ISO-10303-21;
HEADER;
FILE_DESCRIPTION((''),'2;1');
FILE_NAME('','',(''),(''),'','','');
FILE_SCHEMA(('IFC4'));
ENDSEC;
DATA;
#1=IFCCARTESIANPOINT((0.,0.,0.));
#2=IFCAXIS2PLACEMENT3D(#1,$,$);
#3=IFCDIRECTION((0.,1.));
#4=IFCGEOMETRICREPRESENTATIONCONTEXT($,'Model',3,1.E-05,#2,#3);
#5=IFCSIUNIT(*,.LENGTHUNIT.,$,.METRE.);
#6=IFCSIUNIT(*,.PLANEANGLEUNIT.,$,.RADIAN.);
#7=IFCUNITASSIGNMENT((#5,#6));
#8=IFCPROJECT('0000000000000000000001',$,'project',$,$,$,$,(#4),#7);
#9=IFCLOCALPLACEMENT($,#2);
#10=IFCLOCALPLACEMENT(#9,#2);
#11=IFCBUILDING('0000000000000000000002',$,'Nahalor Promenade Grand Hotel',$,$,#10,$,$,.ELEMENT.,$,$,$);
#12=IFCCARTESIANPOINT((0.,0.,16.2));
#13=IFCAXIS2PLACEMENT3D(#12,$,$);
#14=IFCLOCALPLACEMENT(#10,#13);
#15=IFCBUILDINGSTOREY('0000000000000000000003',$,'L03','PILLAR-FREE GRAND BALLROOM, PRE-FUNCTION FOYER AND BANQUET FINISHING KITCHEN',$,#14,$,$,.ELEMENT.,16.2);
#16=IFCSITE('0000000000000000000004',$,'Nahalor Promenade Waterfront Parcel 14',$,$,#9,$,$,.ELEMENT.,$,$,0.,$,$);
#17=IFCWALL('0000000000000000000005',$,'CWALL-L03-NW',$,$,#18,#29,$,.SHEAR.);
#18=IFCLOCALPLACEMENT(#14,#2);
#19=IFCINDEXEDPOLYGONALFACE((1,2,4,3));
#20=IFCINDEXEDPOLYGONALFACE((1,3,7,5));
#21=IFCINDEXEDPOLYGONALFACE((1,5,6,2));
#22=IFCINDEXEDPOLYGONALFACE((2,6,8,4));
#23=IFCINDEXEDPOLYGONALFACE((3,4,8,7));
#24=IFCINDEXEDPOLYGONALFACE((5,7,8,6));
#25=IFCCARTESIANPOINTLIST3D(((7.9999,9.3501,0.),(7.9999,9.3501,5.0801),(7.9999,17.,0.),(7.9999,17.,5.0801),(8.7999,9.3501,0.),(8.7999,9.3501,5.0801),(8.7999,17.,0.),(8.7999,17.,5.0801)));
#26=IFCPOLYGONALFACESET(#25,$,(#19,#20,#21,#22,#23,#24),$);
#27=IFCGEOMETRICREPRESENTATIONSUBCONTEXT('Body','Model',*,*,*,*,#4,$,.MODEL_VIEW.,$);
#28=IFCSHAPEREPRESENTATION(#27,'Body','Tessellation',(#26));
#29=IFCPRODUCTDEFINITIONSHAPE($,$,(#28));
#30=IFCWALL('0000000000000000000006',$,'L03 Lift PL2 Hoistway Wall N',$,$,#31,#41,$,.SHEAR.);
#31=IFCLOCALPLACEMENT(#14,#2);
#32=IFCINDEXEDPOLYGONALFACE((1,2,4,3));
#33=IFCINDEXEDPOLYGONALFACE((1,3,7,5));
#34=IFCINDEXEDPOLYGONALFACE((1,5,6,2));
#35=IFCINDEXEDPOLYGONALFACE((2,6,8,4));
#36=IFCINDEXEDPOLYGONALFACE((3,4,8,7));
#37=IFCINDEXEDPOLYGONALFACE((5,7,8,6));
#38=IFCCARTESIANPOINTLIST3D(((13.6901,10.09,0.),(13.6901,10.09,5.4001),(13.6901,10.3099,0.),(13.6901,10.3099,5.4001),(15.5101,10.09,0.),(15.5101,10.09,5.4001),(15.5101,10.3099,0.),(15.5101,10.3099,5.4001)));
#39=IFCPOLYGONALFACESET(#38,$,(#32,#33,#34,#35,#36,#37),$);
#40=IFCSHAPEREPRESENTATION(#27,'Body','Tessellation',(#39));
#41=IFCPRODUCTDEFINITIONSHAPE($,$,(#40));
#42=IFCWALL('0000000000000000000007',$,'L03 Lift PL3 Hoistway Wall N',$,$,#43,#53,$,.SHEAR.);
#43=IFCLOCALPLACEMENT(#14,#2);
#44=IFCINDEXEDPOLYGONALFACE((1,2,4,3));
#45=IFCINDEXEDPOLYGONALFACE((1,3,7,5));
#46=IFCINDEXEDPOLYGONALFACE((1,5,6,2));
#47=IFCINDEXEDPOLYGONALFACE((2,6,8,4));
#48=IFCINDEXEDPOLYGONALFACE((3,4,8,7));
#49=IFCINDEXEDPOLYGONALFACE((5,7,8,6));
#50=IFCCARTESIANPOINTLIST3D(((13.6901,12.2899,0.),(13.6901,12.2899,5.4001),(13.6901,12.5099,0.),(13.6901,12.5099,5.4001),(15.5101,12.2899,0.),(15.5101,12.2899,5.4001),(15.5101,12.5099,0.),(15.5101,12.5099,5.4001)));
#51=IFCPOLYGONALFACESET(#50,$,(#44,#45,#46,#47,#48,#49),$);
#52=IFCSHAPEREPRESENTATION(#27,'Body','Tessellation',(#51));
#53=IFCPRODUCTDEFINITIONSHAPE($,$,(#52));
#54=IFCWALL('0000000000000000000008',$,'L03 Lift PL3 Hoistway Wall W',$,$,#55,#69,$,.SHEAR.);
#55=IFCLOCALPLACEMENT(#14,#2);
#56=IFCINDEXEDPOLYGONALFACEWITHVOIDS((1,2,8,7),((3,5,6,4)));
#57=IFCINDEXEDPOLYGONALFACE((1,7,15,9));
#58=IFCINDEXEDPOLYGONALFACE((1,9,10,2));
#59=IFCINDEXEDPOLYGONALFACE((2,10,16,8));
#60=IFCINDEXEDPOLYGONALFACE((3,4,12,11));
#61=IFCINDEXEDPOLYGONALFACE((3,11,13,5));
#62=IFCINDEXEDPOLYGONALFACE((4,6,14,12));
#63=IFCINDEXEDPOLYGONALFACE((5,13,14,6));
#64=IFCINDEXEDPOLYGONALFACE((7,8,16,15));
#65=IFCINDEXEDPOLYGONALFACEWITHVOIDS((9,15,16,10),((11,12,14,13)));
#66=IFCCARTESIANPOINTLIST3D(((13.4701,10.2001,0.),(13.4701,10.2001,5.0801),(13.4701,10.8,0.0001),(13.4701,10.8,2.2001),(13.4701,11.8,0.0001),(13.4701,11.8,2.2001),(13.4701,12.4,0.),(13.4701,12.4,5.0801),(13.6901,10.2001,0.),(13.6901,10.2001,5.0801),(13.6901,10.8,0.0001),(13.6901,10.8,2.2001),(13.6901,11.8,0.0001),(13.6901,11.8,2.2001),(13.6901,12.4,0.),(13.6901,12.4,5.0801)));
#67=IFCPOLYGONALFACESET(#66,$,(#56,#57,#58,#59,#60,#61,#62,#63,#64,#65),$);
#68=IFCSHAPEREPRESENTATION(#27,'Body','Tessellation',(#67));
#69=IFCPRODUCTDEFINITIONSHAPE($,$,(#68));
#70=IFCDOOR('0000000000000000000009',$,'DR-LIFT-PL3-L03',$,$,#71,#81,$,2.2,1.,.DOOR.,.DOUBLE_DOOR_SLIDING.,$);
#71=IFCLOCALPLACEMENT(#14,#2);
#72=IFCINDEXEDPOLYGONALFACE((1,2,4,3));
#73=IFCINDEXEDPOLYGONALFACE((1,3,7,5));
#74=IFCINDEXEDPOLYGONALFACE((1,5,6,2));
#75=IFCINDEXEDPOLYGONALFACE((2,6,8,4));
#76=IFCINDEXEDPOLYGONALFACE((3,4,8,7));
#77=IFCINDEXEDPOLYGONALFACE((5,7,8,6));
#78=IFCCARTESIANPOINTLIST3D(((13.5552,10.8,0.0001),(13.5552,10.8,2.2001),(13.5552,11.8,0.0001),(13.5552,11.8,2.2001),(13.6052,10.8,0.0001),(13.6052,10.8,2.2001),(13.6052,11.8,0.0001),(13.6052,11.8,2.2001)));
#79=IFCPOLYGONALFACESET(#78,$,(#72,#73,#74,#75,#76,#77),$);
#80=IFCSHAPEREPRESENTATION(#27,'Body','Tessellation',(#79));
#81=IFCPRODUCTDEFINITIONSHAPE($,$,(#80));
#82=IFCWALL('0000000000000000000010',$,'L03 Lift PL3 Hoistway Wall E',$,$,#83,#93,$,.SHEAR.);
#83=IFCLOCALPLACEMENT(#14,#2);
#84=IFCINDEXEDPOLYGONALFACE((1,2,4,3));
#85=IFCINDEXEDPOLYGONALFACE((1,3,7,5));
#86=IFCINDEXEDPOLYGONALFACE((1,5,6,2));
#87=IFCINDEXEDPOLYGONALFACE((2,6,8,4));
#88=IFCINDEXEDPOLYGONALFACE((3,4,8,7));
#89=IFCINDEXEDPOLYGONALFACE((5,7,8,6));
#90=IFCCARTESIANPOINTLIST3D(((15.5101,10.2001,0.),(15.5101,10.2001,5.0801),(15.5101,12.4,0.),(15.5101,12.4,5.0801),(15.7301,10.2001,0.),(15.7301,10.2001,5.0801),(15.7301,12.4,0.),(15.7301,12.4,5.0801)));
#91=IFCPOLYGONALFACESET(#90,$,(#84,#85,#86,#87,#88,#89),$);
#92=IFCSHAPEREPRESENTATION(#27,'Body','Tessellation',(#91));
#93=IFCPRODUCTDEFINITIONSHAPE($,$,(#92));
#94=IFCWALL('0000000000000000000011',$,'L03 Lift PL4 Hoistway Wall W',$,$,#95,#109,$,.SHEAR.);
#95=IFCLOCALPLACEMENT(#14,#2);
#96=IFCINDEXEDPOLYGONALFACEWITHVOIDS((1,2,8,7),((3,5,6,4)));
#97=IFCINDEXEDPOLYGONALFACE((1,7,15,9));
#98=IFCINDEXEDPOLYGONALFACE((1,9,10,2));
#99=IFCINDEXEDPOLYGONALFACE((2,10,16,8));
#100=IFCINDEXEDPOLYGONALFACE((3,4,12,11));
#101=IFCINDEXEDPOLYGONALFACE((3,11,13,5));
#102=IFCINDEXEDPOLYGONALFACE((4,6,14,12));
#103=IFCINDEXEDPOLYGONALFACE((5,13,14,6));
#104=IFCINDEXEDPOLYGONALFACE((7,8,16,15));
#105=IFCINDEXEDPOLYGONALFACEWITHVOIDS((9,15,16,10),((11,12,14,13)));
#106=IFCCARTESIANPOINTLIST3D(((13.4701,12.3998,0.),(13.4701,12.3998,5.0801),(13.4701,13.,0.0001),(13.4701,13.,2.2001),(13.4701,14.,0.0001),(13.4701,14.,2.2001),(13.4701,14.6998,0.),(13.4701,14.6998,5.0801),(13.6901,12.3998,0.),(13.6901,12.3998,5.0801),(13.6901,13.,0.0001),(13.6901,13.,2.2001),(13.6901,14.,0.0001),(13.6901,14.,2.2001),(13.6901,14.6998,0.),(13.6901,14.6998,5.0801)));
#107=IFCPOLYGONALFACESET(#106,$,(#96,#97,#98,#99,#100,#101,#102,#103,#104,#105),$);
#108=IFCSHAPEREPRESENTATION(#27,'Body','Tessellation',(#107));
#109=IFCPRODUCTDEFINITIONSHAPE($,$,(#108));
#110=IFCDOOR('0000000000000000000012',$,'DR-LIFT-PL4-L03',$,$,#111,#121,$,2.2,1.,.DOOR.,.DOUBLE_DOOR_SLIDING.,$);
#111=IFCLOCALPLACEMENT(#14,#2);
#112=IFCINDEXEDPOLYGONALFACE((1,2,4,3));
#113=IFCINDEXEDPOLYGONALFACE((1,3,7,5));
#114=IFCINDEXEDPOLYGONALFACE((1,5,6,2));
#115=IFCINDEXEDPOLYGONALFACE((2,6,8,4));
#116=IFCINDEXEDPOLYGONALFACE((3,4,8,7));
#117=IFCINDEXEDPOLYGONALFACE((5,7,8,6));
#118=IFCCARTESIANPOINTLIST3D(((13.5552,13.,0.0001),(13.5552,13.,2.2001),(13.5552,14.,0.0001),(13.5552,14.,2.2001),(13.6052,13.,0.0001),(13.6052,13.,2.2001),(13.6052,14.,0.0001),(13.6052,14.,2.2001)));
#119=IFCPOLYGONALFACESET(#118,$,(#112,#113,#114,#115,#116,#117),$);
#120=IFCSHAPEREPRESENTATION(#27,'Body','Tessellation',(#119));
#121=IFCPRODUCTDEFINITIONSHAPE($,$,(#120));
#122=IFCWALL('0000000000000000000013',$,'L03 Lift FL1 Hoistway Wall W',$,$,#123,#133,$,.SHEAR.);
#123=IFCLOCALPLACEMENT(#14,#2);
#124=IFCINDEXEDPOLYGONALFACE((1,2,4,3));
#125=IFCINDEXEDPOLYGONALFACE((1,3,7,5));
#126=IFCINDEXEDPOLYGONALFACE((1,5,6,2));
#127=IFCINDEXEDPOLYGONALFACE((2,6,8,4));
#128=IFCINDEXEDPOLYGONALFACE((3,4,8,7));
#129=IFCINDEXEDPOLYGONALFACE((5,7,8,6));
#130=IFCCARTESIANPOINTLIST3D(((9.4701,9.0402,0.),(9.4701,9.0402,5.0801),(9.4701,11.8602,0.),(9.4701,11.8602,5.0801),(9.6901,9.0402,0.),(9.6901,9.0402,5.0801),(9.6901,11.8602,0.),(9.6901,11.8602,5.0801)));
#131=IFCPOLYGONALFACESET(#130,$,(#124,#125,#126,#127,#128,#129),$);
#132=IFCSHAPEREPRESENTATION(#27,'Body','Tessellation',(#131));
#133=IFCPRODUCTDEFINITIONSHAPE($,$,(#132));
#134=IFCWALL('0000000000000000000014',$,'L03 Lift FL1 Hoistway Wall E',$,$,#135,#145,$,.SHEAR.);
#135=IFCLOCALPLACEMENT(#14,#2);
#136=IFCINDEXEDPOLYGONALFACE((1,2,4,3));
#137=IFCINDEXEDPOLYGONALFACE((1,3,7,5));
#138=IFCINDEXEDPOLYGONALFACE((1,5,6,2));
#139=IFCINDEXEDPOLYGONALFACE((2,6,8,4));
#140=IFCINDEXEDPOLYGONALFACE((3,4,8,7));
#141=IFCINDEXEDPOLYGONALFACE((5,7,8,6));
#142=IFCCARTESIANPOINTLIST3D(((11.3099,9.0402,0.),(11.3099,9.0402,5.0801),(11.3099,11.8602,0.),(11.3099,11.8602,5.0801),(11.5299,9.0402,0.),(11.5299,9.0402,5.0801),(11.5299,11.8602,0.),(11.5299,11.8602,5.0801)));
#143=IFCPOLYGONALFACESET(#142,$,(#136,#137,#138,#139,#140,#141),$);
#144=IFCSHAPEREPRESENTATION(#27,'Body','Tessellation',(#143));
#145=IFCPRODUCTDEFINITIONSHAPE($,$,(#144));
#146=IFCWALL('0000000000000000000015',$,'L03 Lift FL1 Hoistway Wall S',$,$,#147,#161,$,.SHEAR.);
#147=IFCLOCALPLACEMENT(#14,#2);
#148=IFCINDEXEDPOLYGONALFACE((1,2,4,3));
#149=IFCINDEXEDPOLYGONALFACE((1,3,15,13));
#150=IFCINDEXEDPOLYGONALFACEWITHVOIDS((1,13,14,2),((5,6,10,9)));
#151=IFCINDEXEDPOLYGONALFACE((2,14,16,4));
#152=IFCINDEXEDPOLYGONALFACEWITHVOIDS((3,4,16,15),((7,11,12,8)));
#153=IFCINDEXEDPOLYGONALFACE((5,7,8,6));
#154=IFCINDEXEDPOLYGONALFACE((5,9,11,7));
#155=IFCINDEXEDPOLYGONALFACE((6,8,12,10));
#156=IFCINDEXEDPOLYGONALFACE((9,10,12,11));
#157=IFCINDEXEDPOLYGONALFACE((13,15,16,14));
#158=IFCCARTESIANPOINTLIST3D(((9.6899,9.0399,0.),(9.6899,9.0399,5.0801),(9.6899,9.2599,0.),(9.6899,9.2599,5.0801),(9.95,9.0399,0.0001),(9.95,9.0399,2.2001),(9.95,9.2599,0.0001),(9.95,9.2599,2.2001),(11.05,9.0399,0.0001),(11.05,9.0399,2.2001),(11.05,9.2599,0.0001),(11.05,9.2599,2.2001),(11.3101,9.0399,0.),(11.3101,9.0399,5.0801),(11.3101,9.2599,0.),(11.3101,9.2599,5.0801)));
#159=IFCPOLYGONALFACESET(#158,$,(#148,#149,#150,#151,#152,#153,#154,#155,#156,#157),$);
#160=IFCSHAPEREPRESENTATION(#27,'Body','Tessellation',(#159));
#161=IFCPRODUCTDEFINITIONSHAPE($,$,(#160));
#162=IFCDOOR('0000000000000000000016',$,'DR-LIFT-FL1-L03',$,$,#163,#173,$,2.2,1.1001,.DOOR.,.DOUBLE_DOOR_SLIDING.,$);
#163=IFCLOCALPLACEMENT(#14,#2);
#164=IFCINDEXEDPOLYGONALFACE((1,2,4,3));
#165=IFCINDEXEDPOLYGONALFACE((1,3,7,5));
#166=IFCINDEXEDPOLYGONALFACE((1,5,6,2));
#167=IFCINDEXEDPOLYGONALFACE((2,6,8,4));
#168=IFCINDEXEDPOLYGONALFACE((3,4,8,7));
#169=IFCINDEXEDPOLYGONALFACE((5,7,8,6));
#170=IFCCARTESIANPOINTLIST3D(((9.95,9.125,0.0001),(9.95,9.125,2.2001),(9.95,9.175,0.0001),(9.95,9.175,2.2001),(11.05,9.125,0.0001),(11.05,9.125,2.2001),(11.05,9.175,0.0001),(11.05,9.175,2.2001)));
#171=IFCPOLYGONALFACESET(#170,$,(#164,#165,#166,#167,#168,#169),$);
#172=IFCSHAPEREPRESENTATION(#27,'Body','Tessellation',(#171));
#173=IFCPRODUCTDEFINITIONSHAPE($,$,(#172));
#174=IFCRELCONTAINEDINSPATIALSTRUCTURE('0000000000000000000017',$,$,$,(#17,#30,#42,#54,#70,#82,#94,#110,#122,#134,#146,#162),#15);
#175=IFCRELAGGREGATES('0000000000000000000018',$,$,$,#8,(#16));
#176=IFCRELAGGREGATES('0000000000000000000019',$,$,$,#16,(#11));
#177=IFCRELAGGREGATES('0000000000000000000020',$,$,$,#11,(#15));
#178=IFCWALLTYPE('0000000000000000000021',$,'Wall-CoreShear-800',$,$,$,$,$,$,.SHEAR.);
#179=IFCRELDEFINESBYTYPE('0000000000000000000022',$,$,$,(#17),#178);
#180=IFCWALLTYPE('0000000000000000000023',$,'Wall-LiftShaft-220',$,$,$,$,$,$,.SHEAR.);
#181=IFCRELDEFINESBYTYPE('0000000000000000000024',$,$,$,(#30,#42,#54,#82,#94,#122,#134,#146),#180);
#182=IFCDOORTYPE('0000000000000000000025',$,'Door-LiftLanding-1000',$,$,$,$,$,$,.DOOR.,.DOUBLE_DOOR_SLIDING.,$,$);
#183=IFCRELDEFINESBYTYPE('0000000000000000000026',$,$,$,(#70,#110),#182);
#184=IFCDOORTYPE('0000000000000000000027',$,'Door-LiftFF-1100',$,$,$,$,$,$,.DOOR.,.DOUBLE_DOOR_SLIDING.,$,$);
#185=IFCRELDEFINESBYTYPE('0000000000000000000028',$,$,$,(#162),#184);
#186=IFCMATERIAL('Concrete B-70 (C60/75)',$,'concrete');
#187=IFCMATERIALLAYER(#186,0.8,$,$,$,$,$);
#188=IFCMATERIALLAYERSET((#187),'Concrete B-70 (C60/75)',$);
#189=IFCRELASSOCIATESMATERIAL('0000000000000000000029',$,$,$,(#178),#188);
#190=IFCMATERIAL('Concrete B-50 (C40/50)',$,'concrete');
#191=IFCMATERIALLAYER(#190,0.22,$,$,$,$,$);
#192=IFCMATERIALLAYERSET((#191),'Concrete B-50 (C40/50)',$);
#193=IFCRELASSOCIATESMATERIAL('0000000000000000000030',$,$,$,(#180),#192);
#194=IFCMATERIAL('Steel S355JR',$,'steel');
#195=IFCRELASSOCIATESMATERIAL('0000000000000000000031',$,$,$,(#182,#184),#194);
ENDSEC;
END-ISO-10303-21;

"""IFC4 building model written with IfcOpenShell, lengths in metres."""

from ifc_helpers import new_model, si_unit, direction, frame, frame_2d, origin, place, context, subcontext, project, spatial, rectangle, extrude, source, transform, mapped, material, layer, layer_set, type_object, element, fill, save


model = new_model("IFC4")

# Units and contexts
model_context = context("Model", 3, precision=1e-05, world=origin(), true_north=direction((0.0, 1.0)))
body_context = subcontext(model_context, "Body", "Model", "MODEL_VIEW")
ifc_project = project(units=[si_unit("LENGTHUNIT", "METRE"), si_unit("PLANEANGLEUNIT", "RADIAN")], contexts=[model_context])

# Site, building, storey
site_placement = place(None, origin())
site = spatial("IfcSite", under=ifc_project, at=site_placement, Name="Nahalor Promenade Waterfront Parcel 14", CompositionType="ELEMENT", RefElevation=0.0)
building_placement = place(site_placement, origin())
building = spatial("IfcBuilding", under=site, at=building_placement, Name="Nahalor Promenade Grand Hotel", CompositionType="ELEMENT")
storey_placement = place(building_placement, frame((0.0, 0.0, 16.2)))
storey = spatial("IfcBuildingStorey", under=building, at=storey_placement, Name="L03", Description="PILLAR-FREE GRAND BALLROOM, PRE-FUNCTION FOYER AND BANQUET FINISHING KITCHEN", CompositionType="ELEMENT", Elevation=16.2)

# Walls
ifc_material_1 = material(Name="Concrete B-70 (C60/75)", Category="concrete")
ifc_layer_1 = layer(ifc_material_1, 0.8)
ifc_layer_set_1 = layer_set([ifc_layer_1], Name="Concrete B-70 (C60/75)")
wall_type_1 = type_object("IfcWallType", Name="Wall-CoreShear-800", PredefinedType="SHEAR", material=ifc_layer_set_1)
shared_shape_1 = source(origin(), body_context, "Body", "SweptSolid", [
    extrude(rectangle(XDim=7.6499, YDim=0.8, at=frame_2d((3.825, 0.0))), origin(), (0.0, 0.0, 1.0), 5.0801),
])
wall_1_placement = place(storey_placement, frame((8.3999, 9.3501, 0.0), z_axis=(0.0, 0.0, 1.0), x_axis=(0.0, 1.0, 0.0)))
element("IfcWall", 1, at=wall_1_placement, inside=storey, type_object=wall_type_1, Name="CWALL-L03-NW", PredefinedType="SHEAR", context=body_context, shape_type="MappedRepresentation", body=[
    mapped(shared_shape_1, transform((0.0, 0.0, 0.0), scale=1.0)),
])
ifc_material_2 = material(Name="Concrete B-50 (C40/50)", Category="concrete")
ifc_layer_2 = layer(ifc_material_2, 0.22)
ifc_layer_set_2 = layer_set([ifc_layer_2], Name="Concrete B-50 (C40/50)")
wall_type_2 = type_object("IfcWallType", Name="Wall-LiftShaft-220", PredefinedType="SHEAR", material=ifc_layer_set_2)
shared_shape_2 = source(origin(), body_context, "Body", "SweptSolid", [
    extrude(rectangle(XDim=1.8201, YDim=0.22, at=frame_2d((0.9102, 0.0))), origin(), (0.0, 0.0, 1.0), 5.4001),
])
for number, where, z_axis, x_axis, name in (
    (2, (13.6899, 10.2, 0.0), (0.0, 0.0, 1.0), (1.0, 0.0, 0.0), "L03 Lift PL2 Hoistway Wall N"),
    (3, (13.6899, 12.3999, 0.0), (0.0, 0.0, 1.0), (1.0, 0.0, 0.0), "L03 Lift PL3 Hoistway Wall N"),
):
    element("IfcWall", number, at=place(storey_placement, frame(where, z_axis=z_axis, x_axis=x_axis)), inside=storey, type_object=wall_type_2, Name=name, PredefinedType="SHEAR", context=body_context, shape_type="MappedRepresentation", body=[
        mapped(shared_shape_2, transform((0.0, 0.0, 0.0), scale=1.0)),
    ])

# Wall, opening, door
shared_shape_3 = source(origin(), body_context, "Body", "SweptSolid", [
    extrude(rectangle(XDim=2.2, YDim=0.22, at=frame_2d((1.1001, 0.0))), origin(), (0.0, 0.0, 1.0), 5.0801),
])
wall_2_placement = place(storey_placement, frame((13.5801, 10.2, 0.0), z_axis=(0.0, 0.0, 1.0), x_axis=(0.0, 1.0, 0.0)))
wall_2 = element("IfcWall", 4, at=wall_2_placement, inside=storey, type_object=wall_type_2, Name="L03 Lift PL3 Hoistway Wall W", PredefinedType="SHEAR", context=body_context, shape_type="MappedRepresentation", body=[
    mapped(shared_shape_3, transform((0.0, 0.0, 0.0), scale=1.0)),
])
opening_1_placement = place(wall_2_placement, frame((0.6001, 0.0, 0.0)))
opening_1 = element("IfcOpeningElement", 5, at=opening_1_placement, cuts=wall_2, PredefinedType="OPENING", context=body_context, shape_type="SweptSolid", body=[
    extrude(rectangle(XDim=1.0, YDim=2.2, at=frame_2d((0.5, 1.1001))), frame((0.0, 0.1199, 0.0), z_axis=(0.0, -1.0, 0.0), x_axis=(1.0, 0.0, 0.0)), (0.0, 0.0, 1.0), 0.24),
])
ifc_material_3 = material(Name="Steel S355JR", Category="steel")
door_type_1 = type_object("IfcDoorType", Name="Door-LiftLanding-1000", OperationType="DOUBLE_DOOR_SLIDING", PredefinedType="DOOR", material=ifc_material_3)
shared_shape_4 = source(origin(), body_context, "Body", "SweptSolid", [
    extrude(rectangle(XDim=1.0, YDim=2.2, at=frame_2d((0.5, 1.1001))), frame((0.0, 0.0249, 0.0), z_axis=(0.0, -1.0, 0.0), x_axis=(1.0, 0.0, 0.0)), (0.0, 0.0, 1.0), 0.05),
])
door_1_placement = place(opening_1_placement, origin())
door_1 = element("IfcDoor", 6, at=door_1_placement, inside=storey, type_object=door_type_1, Name="DR-LIFT-PL3-L03", OperationType="DOUBLE_DOOR_SLIDING", OverallHeight=2.2, OverallWidth=1.0, PredefinedType="DOOR", context=body_context, shape_type="MappedRepresentation", body=[
    mapped(shared_shape_4, transform((0.0, 0.0, 0.0), scale=1.0)),
])
fill(opening_1, door_1)

# Wall
wall_3_placement = place(storey_placement, frame((15.6201, 10.2, 0.0), z_axis=(0.0, 0.0, 1.0), x_axis=(0.0, 1.0, 0.0)))
element("IfcWall", 7, at=wall_3_placement, inside=storey, type_object=wall_type_2, Name="L03 Lift PL3 Hoistway Wall E", PredefinedType="SHEAR", context=body_context, shape_type="MappedRepresentation", body=[
    mapped(shared_shape_3, transform((0.0, 0.0, 0.0), scale=1.0)),
])

# Wall, opening, door
shared_shape_5 = source(origin(), body_context, "Body", "SweptSolid", [
    extrude(rectangle(XDim=2.3, YDim=0.22, at=frame_2d((1.1499, 0.0))), origin(), (0.0, 0.0, 1.0), 5.0801),
])
wall_4_placement = place(storey_placement, frame((13.5801, 12.3999, 0.0), z_axis=(0.0, 0.0, 1.0), x_axis=(0.0, 1.0, 0.0)))
wall_4 = element("IfcWall", 8, at=wall_4_placement, inside=storey, type_object=wall_type_2, Name="L03 Lift PL4 Hoistway Wall W", PredefinedType="SHEAR", context=body_context, shape_type="MappedRepresentation", body=[
    mapped(shared_shape_5, transform((0.0, 0.0, 0.0), scale=1.0)),
])
opening_2_placement = place(wall_4_placement, frame((0.6001, 0.0, 0.0)))
opening_2 = element("IfcOpeningElement", 9, at=opening_2_placement, cuts=wall_4, PredefinedType="OPENING", context=body_context, shape_type="SweptSolid", body=[
    extrude(rectangle(XDim=1.0, YDim=2.2, at=frame_2d((0.5, 1.1001))), frame((0.0, 0.1199, 0.0), z_axis=(0.0, -1.0, 0.0), x_axis=(1.0, 0.0, 0.0)), (0.0, 0.0, 1.0), 0.24),
])
door_2_placement = place(opening_2_placement, origin())
door_2 = element("IfcDoor", 10, at=door_2_placement, inside=storey, type_object=door_type_1, Name="DR-LIFT-PL4-L03", OperationType="DOUBLE_DOOR_SLIDING", OverallHeight=2.2, OverallWidth=1.0, PredefinedType="DOOR", context=body_context, shape_type="MappedRepresentation", body=[
    mapped(shared_shape_4, transform((0.0, 0.0, 0.0), scale=1.0)),
])
fill(opening_2, door_2)

# Walls
shared_shape_6 = source(origin(), body_context, "Body", "SweptSolid", [
    extrude(rectangle(XDim=2.8201, YDim=0.22, at=frame_2d((1.4102, 0.0))), origin(), (0.0, 0.0, 1.0), 5.0801),
])
for number, where, z_axis, x_axis, name in (
    (11, (9.5801, 9.04, 0.0), (0.0, 0.0, 1.0), (0.0, 1.0, 0.0), "L03 Lift FL1 Hoistway Wall W"),
    (12, (11.4199, 9.04, 0.0), (0.0, 0.0, 1.0), (0.0, 1.0, 0.0), "L03 Lift FL1 Hoistway Wall E"),
):
    element("IfcWall", number, at=place(storey_placement, frame(where, z_axis=z_axis, x_axis=x_axis)), inside=storey, type_object=wall_type_2, Name=name, PredefinedType="SHEAR", context=body_context, shape_type="MappedRepresentation", body=[
        mapped(shared_shape_6, transform((0.0, 0.0, 0.0), scale=1.0)),
    ])

# Wall, opening, door
shared_shape_7 = source(origin(), body_context, "Body", "SweptSolid", [
    extrude(rectangle(XDim=1.6201, YDim=0.22, at=frame_2d((0.8101, 0.0))), origin(), (0.0, 0.0, 1.0), 5.0801),
])
wall_5_placement = place(storey_placement, frame((9.6899, 9.1499, 0.0), z_axis=(0.0, 0.0, 1.0), x_axis=(1.0, 0.0, 0.0)))
wall_5 = element("IfcWall", 13, at=wall_5_placement, inside=storey, type_object=wall_type_2, Name="L03 Lift FL1 Hoistway Wall S", PredefinedType="SHEAR", context=body_context, shape_type="MappedRepresentation", body=[
    mapped(shared_shape_7, transform((0.0, 0.0, 0.0), scale=1.0)),
])
opening_3_placement = place(wall_5_placement, frame((0.26, 0.0, 0.0)))
opening_3 = element("IfcOpeningElement", 14, at=opening_3_placement, cuts=wall_5, PredefinedType="OPENING", context=body_context, shape_type="SweptSolid", body=[
    extrude(rectangle(XDim=1.1001, YDim=2.2, at=frame_2d((0.55, 1.1001))), frame((0.0, 0.1199, 0.0), z_axis=(0.0, -1.0, 0.0), x_axis=(1.0, 0.0, 0.0)), (0.0, 0.0, 1.0), 0.24),
])
door_type_2 = type_object("IfcDoorType", Name="Door-LiftFF-1100", OperationType="DOUBLE_DOOR_SLIDING", PredefinedType="DOOR", material=ifc_material_3)
shared_shape_8 = source(origin(), body_context, "Body", "SweptSolid", [
    extrude(rectangle(XDim=1.1001, YDim=2.2, at=frame_2d((0.55, 1.1001))), frame((0.0, 0.0249, 0.0), z_axis=(0.0, -1.0, 0.0), x_axis=(1.0, 0.0, 0.0)), (0.0, 0.0, 1.0), 0.05),
])
door_3_placement = place(opening_3_placement, frame((1.1001, 0.0, 0.0), z_axis=(0.0, 0.0, 1.0), x_axis=(-1.0, 0.0, 0.0)))
door_3 = element("IfcDoor", 15, at=door_3_placement, inside=storey, type_object=door_type_2, Name="DR-LIFT-FL1-L03", OperationType="DOUBLE_DOOR_SLIDING", OverallHeight=2.2, OverallWidth=1.1001, PredefinedType="DOOR", context=body_context, shape_type="MappedRepresentation", body=[
    mapped(shared_shape_8, transform((0.0, 0.0, 0.0), scale=1.0)),
])
fill(opening_3, door_3)

save(model, "model.ifc")
